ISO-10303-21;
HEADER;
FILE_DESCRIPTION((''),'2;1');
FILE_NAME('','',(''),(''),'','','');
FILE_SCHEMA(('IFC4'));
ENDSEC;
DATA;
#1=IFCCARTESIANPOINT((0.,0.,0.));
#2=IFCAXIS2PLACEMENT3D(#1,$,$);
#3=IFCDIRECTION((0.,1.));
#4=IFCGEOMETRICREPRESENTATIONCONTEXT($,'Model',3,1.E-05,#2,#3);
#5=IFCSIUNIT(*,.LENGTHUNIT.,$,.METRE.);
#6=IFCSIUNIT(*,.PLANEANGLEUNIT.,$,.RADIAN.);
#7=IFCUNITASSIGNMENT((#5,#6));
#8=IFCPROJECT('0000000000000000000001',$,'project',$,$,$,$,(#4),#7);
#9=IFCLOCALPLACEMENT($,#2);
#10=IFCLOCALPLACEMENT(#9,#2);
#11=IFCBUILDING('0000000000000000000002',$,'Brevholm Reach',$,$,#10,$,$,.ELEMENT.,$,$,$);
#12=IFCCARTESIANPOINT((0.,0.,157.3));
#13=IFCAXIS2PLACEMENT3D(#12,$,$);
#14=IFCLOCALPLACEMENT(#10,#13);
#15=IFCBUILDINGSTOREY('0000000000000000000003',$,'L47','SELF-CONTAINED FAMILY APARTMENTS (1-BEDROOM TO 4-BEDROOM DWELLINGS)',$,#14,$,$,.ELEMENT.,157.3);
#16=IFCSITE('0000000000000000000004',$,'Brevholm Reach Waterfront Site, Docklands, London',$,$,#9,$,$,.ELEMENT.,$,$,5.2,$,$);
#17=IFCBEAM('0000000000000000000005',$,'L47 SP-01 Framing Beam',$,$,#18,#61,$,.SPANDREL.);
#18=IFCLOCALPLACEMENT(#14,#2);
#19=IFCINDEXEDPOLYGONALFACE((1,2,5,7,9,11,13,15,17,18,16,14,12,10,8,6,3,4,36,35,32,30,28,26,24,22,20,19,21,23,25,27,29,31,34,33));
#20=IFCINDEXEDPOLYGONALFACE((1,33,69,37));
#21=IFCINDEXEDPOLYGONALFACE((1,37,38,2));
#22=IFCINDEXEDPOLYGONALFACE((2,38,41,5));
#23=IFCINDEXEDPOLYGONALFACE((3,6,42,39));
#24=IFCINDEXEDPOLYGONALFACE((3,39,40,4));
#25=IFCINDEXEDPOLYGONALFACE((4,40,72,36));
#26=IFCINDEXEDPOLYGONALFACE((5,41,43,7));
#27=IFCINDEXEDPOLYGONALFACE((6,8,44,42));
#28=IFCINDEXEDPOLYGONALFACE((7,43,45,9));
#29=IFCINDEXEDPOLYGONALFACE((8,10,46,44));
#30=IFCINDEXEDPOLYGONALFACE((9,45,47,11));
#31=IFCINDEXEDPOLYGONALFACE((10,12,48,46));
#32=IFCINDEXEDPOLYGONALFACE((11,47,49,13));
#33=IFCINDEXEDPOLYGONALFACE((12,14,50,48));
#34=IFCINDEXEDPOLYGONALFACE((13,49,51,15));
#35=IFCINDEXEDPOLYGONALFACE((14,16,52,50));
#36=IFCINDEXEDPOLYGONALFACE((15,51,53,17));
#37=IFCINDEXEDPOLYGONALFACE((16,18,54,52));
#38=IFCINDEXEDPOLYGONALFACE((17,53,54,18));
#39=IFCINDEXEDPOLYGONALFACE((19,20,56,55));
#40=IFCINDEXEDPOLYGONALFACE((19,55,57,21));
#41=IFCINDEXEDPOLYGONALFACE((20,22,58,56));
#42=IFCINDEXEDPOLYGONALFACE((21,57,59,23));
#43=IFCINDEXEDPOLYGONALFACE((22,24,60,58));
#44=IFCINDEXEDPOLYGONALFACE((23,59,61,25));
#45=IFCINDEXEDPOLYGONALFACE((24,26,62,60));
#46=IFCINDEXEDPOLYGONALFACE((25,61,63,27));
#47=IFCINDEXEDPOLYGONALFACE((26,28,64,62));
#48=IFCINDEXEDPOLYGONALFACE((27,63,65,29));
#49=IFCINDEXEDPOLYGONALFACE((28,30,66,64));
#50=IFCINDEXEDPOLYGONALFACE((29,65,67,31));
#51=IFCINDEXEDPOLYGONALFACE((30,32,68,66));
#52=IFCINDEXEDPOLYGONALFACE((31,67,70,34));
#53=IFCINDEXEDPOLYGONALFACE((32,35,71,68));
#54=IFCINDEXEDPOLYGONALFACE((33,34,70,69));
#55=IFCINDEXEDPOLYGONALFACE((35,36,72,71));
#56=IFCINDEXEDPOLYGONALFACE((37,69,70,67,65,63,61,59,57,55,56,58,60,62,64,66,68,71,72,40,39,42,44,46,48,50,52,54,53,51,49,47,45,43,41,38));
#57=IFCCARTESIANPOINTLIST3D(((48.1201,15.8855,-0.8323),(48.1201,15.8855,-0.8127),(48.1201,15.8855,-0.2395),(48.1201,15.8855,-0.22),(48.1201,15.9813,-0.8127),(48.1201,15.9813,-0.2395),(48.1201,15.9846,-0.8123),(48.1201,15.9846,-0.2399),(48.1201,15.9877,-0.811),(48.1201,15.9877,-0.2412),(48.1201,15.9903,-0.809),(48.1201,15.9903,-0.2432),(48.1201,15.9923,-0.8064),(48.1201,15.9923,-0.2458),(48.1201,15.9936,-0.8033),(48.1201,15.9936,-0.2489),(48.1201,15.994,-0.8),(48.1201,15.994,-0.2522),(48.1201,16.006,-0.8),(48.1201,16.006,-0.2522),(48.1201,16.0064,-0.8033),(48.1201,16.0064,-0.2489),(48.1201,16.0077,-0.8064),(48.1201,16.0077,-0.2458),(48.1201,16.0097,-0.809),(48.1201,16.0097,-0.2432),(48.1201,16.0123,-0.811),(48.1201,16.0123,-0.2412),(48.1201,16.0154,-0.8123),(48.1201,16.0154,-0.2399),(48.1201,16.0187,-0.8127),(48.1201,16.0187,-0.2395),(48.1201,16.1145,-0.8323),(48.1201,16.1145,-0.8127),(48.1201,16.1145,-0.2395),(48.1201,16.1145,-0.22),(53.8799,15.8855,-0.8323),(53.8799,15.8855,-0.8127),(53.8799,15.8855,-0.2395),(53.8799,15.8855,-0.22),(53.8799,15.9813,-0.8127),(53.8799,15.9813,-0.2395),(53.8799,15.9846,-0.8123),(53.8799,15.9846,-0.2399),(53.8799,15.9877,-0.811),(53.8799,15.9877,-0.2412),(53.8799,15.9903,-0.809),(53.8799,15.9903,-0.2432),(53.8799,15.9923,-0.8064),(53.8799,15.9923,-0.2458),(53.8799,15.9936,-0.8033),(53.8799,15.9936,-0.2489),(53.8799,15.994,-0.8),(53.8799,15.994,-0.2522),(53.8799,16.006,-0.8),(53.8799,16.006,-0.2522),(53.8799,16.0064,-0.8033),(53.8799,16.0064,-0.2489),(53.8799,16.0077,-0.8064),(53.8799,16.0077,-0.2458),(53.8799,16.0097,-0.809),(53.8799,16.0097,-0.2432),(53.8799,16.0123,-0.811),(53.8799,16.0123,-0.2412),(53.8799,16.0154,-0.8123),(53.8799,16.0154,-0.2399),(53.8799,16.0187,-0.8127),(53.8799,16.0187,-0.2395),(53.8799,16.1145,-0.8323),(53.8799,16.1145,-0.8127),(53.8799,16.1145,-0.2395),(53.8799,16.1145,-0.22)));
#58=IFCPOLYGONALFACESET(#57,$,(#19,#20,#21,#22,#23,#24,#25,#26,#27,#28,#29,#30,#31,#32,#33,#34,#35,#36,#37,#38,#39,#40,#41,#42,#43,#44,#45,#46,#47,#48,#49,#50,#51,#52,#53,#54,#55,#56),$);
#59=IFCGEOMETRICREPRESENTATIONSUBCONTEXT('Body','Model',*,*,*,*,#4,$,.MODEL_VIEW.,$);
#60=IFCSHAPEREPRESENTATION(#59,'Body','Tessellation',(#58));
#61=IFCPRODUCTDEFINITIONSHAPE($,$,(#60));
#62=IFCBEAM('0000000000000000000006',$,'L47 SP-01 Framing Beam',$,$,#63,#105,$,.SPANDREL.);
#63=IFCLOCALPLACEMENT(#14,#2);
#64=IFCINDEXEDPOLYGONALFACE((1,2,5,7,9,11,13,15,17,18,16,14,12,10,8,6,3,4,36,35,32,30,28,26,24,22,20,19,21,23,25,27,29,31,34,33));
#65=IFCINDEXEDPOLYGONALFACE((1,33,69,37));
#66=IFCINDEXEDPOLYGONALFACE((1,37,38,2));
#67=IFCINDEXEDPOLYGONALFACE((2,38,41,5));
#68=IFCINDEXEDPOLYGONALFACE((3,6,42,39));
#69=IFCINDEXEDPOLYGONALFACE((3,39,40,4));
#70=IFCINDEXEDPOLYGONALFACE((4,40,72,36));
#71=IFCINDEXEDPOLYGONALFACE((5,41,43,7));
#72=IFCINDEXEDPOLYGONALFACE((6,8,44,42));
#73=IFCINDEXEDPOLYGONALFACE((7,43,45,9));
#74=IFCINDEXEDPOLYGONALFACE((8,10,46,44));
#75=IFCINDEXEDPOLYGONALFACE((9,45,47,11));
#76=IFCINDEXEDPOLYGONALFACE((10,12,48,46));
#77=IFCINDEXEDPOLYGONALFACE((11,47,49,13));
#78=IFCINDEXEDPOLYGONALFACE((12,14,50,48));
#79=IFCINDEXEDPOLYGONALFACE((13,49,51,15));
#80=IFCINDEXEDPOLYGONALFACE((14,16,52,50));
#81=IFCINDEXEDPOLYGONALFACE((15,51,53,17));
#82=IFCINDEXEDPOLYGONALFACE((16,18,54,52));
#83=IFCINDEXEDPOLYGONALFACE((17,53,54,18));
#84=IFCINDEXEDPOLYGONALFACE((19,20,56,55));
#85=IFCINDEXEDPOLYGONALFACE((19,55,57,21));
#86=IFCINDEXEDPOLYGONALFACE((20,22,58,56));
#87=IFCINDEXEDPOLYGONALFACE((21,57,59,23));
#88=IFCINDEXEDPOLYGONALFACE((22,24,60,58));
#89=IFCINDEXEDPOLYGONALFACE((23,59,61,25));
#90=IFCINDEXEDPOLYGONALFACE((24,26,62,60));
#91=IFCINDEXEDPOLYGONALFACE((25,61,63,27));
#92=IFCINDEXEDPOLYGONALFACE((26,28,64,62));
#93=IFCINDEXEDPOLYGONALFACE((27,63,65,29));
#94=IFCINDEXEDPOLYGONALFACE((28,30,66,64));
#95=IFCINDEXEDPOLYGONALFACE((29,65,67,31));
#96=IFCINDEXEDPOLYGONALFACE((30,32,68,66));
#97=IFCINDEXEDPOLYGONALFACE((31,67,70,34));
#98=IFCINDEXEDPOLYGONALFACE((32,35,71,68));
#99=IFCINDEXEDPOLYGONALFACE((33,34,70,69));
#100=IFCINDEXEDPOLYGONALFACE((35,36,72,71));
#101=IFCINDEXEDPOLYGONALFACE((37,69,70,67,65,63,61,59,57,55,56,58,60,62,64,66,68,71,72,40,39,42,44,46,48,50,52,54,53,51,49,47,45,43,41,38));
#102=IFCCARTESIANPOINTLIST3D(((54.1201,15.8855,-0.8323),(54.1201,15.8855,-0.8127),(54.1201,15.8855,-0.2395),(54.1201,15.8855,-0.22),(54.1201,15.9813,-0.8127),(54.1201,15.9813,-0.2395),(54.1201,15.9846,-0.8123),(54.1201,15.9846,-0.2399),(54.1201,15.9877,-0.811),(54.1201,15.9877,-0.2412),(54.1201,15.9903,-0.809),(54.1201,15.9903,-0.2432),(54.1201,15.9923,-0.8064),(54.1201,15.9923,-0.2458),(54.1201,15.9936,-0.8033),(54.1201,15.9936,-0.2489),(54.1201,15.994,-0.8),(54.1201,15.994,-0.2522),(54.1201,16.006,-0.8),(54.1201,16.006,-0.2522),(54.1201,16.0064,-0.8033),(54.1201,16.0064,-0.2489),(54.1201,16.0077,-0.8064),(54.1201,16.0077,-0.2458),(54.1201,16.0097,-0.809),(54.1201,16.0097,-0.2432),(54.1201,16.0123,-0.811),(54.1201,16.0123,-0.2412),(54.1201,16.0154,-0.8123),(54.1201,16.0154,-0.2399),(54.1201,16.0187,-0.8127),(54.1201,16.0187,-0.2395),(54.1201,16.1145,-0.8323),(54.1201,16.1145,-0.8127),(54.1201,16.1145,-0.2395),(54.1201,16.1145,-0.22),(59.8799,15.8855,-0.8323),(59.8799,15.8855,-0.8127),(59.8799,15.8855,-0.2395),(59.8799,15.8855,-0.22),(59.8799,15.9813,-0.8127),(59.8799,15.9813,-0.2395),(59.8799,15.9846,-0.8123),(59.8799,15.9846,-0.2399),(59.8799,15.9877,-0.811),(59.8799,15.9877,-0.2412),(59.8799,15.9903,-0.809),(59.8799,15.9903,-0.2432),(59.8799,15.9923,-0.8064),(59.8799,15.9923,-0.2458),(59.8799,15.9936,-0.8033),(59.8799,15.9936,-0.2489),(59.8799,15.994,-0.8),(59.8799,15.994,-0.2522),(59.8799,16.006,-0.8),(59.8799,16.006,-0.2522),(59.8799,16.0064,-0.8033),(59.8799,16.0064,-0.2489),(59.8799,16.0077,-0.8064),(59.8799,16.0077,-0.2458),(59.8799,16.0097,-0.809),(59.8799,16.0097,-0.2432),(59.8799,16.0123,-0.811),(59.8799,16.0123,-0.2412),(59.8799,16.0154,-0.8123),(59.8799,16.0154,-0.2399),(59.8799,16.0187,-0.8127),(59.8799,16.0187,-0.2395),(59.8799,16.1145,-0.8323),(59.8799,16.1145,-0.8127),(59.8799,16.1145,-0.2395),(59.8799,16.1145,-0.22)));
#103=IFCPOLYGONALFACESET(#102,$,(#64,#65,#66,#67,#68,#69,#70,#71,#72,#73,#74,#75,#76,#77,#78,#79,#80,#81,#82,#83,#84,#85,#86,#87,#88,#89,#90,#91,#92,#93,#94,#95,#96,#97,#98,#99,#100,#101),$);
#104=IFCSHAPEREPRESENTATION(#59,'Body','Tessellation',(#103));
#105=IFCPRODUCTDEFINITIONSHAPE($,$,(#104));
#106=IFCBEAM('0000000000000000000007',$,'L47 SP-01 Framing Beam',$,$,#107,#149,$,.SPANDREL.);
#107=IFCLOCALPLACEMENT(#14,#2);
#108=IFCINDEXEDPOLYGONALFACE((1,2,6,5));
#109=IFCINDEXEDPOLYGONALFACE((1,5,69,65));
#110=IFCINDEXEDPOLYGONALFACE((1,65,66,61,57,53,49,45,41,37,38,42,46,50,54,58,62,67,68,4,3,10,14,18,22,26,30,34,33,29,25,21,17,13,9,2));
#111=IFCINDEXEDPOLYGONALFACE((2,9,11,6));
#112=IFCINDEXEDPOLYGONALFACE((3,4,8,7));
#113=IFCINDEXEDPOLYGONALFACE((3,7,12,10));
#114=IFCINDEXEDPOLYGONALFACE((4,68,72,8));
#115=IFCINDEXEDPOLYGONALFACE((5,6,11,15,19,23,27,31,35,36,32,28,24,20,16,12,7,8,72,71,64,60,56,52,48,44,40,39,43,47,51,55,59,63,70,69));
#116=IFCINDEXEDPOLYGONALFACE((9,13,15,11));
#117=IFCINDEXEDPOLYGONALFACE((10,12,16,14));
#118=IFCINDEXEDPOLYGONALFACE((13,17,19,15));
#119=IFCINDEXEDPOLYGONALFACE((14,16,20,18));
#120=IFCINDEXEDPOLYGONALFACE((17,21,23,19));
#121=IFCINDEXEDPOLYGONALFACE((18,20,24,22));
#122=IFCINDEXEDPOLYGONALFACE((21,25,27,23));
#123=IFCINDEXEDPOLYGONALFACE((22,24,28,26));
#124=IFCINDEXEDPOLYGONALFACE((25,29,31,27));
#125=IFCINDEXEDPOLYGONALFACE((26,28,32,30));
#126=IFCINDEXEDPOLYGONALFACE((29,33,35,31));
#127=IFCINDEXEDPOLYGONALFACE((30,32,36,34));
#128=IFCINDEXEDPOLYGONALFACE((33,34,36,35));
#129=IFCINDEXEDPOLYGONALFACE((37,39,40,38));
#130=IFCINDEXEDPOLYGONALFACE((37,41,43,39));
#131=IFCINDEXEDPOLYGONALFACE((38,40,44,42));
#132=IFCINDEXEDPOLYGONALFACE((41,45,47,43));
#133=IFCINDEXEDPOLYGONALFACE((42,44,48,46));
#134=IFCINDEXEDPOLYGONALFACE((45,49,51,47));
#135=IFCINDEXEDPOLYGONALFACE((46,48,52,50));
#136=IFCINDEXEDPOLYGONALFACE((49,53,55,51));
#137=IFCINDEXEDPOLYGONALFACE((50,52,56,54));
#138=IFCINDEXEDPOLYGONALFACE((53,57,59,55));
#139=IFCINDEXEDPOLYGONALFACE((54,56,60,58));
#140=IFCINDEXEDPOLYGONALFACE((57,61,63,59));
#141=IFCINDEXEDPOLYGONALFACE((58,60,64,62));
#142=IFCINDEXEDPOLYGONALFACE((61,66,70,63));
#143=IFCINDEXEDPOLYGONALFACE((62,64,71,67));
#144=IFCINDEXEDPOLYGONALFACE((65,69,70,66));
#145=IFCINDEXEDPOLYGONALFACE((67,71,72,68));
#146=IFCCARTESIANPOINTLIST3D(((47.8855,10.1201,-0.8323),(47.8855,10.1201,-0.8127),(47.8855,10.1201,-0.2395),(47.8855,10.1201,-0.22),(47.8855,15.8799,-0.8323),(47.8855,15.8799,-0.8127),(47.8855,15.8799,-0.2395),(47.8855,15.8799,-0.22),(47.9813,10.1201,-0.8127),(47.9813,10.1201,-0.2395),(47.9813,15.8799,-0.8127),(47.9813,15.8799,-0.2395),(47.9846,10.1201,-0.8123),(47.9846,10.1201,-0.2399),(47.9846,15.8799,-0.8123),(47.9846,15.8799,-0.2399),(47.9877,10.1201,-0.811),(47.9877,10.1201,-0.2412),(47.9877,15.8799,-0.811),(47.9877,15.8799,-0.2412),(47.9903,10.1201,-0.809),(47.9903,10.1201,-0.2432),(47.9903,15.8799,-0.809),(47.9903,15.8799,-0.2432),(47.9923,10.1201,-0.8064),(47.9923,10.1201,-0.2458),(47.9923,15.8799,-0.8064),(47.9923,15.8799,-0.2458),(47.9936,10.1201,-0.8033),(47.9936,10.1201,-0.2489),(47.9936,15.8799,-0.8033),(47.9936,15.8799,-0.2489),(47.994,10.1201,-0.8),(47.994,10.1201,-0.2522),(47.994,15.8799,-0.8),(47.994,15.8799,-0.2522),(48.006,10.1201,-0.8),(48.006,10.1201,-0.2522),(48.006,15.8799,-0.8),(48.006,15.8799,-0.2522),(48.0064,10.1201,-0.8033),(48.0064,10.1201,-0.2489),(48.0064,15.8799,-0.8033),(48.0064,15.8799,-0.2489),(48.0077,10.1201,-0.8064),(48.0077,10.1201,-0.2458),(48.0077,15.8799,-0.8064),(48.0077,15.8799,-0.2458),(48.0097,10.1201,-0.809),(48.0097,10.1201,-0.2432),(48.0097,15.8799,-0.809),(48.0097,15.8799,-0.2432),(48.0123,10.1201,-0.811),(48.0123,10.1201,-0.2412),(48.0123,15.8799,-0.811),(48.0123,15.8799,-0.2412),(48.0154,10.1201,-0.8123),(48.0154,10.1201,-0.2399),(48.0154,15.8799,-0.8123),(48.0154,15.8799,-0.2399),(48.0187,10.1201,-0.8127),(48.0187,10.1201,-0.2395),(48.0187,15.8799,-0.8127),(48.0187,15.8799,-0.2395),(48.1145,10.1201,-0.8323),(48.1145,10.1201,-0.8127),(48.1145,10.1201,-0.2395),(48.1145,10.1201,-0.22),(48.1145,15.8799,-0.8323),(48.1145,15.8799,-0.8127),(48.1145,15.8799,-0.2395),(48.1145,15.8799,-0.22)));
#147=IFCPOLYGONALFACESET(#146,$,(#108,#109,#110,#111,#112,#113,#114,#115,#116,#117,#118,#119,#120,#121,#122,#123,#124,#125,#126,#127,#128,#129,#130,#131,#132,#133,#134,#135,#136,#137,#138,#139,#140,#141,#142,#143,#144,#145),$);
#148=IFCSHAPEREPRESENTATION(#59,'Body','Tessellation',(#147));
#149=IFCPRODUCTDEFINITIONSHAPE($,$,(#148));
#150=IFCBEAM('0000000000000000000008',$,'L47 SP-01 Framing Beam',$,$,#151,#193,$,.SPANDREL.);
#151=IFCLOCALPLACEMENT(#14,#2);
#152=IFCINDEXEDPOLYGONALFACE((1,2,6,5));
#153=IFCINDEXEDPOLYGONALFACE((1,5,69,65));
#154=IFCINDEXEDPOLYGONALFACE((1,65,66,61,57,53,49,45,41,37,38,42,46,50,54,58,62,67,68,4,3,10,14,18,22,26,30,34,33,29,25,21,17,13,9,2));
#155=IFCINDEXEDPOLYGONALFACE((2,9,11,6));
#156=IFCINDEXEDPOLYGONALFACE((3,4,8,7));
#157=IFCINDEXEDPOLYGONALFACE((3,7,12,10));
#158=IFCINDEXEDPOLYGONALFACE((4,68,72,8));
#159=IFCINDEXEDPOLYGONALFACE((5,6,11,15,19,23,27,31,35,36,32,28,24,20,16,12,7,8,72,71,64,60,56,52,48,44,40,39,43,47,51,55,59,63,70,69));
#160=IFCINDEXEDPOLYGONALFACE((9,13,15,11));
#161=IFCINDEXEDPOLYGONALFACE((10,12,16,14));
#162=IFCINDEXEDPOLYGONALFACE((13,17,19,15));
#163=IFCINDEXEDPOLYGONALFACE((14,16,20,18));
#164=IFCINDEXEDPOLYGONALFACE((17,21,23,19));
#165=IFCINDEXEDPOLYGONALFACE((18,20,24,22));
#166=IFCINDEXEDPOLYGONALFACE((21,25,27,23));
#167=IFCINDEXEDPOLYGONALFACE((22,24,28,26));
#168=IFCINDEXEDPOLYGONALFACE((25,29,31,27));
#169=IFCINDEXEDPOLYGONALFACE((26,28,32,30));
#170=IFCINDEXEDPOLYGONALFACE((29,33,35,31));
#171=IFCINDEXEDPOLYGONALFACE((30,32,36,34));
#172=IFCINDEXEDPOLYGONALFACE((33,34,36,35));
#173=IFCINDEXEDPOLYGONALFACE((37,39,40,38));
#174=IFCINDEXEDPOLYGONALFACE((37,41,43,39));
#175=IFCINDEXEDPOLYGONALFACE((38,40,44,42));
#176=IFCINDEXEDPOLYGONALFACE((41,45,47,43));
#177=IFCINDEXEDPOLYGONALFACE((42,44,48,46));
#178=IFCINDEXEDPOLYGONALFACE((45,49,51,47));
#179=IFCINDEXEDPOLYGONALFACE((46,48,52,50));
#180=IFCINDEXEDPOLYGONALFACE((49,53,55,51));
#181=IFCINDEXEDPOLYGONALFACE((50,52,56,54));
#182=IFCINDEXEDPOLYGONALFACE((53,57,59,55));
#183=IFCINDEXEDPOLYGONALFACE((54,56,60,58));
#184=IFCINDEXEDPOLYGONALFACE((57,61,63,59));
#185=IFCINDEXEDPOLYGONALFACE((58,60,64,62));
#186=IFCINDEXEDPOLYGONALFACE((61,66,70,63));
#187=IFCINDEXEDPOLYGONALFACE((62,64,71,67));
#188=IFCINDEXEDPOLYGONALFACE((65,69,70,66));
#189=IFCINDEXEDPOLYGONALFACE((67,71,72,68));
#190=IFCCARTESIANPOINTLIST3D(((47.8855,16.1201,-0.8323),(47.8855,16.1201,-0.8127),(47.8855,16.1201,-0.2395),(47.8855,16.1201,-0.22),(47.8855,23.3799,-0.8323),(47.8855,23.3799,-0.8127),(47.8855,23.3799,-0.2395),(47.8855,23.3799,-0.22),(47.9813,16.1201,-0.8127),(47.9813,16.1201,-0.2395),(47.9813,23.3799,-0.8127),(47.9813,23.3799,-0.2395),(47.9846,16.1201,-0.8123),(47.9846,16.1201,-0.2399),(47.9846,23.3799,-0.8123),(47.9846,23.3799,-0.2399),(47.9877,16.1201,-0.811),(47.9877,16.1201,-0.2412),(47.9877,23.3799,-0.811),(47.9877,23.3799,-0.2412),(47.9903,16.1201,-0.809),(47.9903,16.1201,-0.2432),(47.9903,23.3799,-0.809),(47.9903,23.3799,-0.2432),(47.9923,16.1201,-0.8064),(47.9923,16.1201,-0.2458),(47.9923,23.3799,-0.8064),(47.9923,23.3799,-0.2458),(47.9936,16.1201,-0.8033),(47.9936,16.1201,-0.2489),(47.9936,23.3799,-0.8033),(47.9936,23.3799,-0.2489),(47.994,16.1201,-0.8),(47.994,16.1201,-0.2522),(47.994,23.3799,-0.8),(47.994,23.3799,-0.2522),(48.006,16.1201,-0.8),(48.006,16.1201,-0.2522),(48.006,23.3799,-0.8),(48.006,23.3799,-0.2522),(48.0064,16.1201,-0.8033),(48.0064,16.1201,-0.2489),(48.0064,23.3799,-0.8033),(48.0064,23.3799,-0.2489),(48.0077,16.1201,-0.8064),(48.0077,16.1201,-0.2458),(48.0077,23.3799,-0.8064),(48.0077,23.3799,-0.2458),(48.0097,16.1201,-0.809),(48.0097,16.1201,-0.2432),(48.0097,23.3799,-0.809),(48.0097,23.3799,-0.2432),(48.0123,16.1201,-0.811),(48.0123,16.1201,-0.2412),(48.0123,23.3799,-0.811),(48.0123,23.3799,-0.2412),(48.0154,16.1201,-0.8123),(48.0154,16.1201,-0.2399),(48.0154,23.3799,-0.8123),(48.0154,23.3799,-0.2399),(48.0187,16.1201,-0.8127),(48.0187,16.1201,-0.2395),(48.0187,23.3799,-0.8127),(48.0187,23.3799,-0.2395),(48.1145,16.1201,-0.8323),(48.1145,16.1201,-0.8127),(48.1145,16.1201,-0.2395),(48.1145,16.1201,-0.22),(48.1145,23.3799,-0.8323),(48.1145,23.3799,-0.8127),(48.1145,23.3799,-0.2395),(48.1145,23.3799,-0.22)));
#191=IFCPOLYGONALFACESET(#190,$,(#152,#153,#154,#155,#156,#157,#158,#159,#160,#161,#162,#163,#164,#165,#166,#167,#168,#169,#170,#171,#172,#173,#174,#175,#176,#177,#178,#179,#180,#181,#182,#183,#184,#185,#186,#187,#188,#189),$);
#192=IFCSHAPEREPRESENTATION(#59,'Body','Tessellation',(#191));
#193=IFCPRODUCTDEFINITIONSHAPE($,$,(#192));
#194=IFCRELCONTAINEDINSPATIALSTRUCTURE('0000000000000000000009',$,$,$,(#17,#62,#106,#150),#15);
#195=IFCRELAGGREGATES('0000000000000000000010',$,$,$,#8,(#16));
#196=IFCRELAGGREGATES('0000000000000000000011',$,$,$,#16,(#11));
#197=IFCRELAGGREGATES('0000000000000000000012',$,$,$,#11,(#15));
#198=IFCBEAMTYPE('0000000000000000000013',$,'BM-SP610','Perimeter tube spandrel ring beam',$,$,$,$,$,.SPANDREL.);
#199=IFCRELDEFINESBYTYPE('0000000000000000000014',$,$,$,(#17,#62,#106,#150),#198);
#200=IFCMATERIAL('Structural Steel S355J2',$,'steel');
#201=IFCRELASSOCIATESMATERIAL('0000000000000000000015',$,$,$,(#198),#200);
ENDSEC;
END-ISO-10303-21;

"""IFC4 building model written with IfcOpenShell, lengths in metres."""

from ifc_helpers import new_model, si_unit, direction, frame, origin, origin_2d, place, context, subcontext, project, spatial, i_section, extrude, material, material_profile, profile_set, type_object, element, save


model = new_model("IFC4")

# Units and contexts
model_context = context("Model", 3, precision=1e-05, world=origin(), true_north=direction((0.0, 1.0)))
body_context = subcontext(model_context, "Body", "Model", "MODEL_VIEW")
ifc_project = project(units=[si_unit("LENGTHUNIT", "METRE"), si_unit("PLANEANGLEUNIT", "RADIAN")], contexts=[model_context])

# Site, building, storey
site_placement = place(None, origin())
site = spatial("IfcSite", under=ifc_project, at=site_placement, Name="Brevholm Reach Waterfront Site, Docklands, London", CompositionType="ELEMENT", RefElevation=5.2)
building_placement = place(site_placement, origin())
building = spatial("IfcBuilding", under=site, at=building_placement, Name="Brevholm Reach", CompositionType="ELEMENT")
storey_placement = place(building_placement, frame((0.0, 0.0, 157.3)))
storey = spatial("IfcBuildingStorey", under=building, at=storey_placement, Name="L47", Description="SELF-CONTAINED FAMILY APARTMENTS (1-BEDROOM TO 4-BEDROOM DWELLINGS)", CompositionType="ELEMENT", Elevation=157.3)

# Beams
ifc_material_1 = material(Name="Structural Steel S355J2", Category="steel")
ifc_material_profile_1 = material_profile(ifc_material_1, i_section(OverallWidth=0.229, OverallDepth=0.6123, WebThickness=0.012, FlangeThickness=0.0195, FilletRadius=0.0127, at=origin_2d()), Name="UKB 610x229x125")
ifc_profile_set_1 = profile_set([ifc_material_profile_1], Name="Structural Steel S355J2")
beam_type_1 = type_object("IfcBeamType", Name="BM-SP610", Description="Perimeter tube spandrel ring beam", PredefinedType="SPANDREL", material=ifc_profile_set_1)
for number, where, z_axis, x_axis, name in (
    (1, (48.1201, 16.0, -0.5261), (1.0, 0.0, 0.0), (0.0, 1.0, 0.0), "L47 SP-01 Framing Beam"),
    (2, (54.1201, 16.0, -0.5261), (1.0, 0.0, 0.0), (0.0, 1.0, 0.0), "L47 SP-01 Framing Beam"),
    (3, (48.0, 10.1201, -0.5261), (0.0, 1.0, 0.0), (-1.0, 0.0, 0.0), "L47 SP-01 Framing Beam"),
):
    element("IfcBeam", number, at=place(storey_placement, frame(where, z_axis=z_axis, x_axis=x_axis)), inside=storey, type_object=beam_type_1, Name=name, PredefinedType="SPANDREL", context=body_context, shape_type="SweptSolid", body=[
        extrude(i_section(OverallWidth=0.229, OverallDepth=0.6123, WebThickness=0.012, FlangeThickness=0.0195, FilletRadius=0.0127, at=origin_2d()), origin(), (0.0, 0.0, 1.0), 5.7598),
    ])
beam_1_placement = place(storey_placement, frame((48.0, 16.1201, -0.5261), z_axis=(0.0, 1.0, 0.0), x_axis=(-1.0, 0.0, 0.0)))
element("IfcBeam", 4, at=beam_1_placement, inside=storey, type_object=beam_type_1, Name="L47 SP-01 Framing Beam", PredefinedType="SPANDREL", context=body_context, shape_type="SweptSolid", body=[
    extrude(i_section(OverallWidth=0.229, OverallDepth=0.6123, WebThickness=0.012, FlangeThickness=0.0195, FilletRadius=0.0127, at=origin_2d()), origin(), (0.0, 0.0, 1.0), 7.2598),
])

save(model, "model.ifc")
